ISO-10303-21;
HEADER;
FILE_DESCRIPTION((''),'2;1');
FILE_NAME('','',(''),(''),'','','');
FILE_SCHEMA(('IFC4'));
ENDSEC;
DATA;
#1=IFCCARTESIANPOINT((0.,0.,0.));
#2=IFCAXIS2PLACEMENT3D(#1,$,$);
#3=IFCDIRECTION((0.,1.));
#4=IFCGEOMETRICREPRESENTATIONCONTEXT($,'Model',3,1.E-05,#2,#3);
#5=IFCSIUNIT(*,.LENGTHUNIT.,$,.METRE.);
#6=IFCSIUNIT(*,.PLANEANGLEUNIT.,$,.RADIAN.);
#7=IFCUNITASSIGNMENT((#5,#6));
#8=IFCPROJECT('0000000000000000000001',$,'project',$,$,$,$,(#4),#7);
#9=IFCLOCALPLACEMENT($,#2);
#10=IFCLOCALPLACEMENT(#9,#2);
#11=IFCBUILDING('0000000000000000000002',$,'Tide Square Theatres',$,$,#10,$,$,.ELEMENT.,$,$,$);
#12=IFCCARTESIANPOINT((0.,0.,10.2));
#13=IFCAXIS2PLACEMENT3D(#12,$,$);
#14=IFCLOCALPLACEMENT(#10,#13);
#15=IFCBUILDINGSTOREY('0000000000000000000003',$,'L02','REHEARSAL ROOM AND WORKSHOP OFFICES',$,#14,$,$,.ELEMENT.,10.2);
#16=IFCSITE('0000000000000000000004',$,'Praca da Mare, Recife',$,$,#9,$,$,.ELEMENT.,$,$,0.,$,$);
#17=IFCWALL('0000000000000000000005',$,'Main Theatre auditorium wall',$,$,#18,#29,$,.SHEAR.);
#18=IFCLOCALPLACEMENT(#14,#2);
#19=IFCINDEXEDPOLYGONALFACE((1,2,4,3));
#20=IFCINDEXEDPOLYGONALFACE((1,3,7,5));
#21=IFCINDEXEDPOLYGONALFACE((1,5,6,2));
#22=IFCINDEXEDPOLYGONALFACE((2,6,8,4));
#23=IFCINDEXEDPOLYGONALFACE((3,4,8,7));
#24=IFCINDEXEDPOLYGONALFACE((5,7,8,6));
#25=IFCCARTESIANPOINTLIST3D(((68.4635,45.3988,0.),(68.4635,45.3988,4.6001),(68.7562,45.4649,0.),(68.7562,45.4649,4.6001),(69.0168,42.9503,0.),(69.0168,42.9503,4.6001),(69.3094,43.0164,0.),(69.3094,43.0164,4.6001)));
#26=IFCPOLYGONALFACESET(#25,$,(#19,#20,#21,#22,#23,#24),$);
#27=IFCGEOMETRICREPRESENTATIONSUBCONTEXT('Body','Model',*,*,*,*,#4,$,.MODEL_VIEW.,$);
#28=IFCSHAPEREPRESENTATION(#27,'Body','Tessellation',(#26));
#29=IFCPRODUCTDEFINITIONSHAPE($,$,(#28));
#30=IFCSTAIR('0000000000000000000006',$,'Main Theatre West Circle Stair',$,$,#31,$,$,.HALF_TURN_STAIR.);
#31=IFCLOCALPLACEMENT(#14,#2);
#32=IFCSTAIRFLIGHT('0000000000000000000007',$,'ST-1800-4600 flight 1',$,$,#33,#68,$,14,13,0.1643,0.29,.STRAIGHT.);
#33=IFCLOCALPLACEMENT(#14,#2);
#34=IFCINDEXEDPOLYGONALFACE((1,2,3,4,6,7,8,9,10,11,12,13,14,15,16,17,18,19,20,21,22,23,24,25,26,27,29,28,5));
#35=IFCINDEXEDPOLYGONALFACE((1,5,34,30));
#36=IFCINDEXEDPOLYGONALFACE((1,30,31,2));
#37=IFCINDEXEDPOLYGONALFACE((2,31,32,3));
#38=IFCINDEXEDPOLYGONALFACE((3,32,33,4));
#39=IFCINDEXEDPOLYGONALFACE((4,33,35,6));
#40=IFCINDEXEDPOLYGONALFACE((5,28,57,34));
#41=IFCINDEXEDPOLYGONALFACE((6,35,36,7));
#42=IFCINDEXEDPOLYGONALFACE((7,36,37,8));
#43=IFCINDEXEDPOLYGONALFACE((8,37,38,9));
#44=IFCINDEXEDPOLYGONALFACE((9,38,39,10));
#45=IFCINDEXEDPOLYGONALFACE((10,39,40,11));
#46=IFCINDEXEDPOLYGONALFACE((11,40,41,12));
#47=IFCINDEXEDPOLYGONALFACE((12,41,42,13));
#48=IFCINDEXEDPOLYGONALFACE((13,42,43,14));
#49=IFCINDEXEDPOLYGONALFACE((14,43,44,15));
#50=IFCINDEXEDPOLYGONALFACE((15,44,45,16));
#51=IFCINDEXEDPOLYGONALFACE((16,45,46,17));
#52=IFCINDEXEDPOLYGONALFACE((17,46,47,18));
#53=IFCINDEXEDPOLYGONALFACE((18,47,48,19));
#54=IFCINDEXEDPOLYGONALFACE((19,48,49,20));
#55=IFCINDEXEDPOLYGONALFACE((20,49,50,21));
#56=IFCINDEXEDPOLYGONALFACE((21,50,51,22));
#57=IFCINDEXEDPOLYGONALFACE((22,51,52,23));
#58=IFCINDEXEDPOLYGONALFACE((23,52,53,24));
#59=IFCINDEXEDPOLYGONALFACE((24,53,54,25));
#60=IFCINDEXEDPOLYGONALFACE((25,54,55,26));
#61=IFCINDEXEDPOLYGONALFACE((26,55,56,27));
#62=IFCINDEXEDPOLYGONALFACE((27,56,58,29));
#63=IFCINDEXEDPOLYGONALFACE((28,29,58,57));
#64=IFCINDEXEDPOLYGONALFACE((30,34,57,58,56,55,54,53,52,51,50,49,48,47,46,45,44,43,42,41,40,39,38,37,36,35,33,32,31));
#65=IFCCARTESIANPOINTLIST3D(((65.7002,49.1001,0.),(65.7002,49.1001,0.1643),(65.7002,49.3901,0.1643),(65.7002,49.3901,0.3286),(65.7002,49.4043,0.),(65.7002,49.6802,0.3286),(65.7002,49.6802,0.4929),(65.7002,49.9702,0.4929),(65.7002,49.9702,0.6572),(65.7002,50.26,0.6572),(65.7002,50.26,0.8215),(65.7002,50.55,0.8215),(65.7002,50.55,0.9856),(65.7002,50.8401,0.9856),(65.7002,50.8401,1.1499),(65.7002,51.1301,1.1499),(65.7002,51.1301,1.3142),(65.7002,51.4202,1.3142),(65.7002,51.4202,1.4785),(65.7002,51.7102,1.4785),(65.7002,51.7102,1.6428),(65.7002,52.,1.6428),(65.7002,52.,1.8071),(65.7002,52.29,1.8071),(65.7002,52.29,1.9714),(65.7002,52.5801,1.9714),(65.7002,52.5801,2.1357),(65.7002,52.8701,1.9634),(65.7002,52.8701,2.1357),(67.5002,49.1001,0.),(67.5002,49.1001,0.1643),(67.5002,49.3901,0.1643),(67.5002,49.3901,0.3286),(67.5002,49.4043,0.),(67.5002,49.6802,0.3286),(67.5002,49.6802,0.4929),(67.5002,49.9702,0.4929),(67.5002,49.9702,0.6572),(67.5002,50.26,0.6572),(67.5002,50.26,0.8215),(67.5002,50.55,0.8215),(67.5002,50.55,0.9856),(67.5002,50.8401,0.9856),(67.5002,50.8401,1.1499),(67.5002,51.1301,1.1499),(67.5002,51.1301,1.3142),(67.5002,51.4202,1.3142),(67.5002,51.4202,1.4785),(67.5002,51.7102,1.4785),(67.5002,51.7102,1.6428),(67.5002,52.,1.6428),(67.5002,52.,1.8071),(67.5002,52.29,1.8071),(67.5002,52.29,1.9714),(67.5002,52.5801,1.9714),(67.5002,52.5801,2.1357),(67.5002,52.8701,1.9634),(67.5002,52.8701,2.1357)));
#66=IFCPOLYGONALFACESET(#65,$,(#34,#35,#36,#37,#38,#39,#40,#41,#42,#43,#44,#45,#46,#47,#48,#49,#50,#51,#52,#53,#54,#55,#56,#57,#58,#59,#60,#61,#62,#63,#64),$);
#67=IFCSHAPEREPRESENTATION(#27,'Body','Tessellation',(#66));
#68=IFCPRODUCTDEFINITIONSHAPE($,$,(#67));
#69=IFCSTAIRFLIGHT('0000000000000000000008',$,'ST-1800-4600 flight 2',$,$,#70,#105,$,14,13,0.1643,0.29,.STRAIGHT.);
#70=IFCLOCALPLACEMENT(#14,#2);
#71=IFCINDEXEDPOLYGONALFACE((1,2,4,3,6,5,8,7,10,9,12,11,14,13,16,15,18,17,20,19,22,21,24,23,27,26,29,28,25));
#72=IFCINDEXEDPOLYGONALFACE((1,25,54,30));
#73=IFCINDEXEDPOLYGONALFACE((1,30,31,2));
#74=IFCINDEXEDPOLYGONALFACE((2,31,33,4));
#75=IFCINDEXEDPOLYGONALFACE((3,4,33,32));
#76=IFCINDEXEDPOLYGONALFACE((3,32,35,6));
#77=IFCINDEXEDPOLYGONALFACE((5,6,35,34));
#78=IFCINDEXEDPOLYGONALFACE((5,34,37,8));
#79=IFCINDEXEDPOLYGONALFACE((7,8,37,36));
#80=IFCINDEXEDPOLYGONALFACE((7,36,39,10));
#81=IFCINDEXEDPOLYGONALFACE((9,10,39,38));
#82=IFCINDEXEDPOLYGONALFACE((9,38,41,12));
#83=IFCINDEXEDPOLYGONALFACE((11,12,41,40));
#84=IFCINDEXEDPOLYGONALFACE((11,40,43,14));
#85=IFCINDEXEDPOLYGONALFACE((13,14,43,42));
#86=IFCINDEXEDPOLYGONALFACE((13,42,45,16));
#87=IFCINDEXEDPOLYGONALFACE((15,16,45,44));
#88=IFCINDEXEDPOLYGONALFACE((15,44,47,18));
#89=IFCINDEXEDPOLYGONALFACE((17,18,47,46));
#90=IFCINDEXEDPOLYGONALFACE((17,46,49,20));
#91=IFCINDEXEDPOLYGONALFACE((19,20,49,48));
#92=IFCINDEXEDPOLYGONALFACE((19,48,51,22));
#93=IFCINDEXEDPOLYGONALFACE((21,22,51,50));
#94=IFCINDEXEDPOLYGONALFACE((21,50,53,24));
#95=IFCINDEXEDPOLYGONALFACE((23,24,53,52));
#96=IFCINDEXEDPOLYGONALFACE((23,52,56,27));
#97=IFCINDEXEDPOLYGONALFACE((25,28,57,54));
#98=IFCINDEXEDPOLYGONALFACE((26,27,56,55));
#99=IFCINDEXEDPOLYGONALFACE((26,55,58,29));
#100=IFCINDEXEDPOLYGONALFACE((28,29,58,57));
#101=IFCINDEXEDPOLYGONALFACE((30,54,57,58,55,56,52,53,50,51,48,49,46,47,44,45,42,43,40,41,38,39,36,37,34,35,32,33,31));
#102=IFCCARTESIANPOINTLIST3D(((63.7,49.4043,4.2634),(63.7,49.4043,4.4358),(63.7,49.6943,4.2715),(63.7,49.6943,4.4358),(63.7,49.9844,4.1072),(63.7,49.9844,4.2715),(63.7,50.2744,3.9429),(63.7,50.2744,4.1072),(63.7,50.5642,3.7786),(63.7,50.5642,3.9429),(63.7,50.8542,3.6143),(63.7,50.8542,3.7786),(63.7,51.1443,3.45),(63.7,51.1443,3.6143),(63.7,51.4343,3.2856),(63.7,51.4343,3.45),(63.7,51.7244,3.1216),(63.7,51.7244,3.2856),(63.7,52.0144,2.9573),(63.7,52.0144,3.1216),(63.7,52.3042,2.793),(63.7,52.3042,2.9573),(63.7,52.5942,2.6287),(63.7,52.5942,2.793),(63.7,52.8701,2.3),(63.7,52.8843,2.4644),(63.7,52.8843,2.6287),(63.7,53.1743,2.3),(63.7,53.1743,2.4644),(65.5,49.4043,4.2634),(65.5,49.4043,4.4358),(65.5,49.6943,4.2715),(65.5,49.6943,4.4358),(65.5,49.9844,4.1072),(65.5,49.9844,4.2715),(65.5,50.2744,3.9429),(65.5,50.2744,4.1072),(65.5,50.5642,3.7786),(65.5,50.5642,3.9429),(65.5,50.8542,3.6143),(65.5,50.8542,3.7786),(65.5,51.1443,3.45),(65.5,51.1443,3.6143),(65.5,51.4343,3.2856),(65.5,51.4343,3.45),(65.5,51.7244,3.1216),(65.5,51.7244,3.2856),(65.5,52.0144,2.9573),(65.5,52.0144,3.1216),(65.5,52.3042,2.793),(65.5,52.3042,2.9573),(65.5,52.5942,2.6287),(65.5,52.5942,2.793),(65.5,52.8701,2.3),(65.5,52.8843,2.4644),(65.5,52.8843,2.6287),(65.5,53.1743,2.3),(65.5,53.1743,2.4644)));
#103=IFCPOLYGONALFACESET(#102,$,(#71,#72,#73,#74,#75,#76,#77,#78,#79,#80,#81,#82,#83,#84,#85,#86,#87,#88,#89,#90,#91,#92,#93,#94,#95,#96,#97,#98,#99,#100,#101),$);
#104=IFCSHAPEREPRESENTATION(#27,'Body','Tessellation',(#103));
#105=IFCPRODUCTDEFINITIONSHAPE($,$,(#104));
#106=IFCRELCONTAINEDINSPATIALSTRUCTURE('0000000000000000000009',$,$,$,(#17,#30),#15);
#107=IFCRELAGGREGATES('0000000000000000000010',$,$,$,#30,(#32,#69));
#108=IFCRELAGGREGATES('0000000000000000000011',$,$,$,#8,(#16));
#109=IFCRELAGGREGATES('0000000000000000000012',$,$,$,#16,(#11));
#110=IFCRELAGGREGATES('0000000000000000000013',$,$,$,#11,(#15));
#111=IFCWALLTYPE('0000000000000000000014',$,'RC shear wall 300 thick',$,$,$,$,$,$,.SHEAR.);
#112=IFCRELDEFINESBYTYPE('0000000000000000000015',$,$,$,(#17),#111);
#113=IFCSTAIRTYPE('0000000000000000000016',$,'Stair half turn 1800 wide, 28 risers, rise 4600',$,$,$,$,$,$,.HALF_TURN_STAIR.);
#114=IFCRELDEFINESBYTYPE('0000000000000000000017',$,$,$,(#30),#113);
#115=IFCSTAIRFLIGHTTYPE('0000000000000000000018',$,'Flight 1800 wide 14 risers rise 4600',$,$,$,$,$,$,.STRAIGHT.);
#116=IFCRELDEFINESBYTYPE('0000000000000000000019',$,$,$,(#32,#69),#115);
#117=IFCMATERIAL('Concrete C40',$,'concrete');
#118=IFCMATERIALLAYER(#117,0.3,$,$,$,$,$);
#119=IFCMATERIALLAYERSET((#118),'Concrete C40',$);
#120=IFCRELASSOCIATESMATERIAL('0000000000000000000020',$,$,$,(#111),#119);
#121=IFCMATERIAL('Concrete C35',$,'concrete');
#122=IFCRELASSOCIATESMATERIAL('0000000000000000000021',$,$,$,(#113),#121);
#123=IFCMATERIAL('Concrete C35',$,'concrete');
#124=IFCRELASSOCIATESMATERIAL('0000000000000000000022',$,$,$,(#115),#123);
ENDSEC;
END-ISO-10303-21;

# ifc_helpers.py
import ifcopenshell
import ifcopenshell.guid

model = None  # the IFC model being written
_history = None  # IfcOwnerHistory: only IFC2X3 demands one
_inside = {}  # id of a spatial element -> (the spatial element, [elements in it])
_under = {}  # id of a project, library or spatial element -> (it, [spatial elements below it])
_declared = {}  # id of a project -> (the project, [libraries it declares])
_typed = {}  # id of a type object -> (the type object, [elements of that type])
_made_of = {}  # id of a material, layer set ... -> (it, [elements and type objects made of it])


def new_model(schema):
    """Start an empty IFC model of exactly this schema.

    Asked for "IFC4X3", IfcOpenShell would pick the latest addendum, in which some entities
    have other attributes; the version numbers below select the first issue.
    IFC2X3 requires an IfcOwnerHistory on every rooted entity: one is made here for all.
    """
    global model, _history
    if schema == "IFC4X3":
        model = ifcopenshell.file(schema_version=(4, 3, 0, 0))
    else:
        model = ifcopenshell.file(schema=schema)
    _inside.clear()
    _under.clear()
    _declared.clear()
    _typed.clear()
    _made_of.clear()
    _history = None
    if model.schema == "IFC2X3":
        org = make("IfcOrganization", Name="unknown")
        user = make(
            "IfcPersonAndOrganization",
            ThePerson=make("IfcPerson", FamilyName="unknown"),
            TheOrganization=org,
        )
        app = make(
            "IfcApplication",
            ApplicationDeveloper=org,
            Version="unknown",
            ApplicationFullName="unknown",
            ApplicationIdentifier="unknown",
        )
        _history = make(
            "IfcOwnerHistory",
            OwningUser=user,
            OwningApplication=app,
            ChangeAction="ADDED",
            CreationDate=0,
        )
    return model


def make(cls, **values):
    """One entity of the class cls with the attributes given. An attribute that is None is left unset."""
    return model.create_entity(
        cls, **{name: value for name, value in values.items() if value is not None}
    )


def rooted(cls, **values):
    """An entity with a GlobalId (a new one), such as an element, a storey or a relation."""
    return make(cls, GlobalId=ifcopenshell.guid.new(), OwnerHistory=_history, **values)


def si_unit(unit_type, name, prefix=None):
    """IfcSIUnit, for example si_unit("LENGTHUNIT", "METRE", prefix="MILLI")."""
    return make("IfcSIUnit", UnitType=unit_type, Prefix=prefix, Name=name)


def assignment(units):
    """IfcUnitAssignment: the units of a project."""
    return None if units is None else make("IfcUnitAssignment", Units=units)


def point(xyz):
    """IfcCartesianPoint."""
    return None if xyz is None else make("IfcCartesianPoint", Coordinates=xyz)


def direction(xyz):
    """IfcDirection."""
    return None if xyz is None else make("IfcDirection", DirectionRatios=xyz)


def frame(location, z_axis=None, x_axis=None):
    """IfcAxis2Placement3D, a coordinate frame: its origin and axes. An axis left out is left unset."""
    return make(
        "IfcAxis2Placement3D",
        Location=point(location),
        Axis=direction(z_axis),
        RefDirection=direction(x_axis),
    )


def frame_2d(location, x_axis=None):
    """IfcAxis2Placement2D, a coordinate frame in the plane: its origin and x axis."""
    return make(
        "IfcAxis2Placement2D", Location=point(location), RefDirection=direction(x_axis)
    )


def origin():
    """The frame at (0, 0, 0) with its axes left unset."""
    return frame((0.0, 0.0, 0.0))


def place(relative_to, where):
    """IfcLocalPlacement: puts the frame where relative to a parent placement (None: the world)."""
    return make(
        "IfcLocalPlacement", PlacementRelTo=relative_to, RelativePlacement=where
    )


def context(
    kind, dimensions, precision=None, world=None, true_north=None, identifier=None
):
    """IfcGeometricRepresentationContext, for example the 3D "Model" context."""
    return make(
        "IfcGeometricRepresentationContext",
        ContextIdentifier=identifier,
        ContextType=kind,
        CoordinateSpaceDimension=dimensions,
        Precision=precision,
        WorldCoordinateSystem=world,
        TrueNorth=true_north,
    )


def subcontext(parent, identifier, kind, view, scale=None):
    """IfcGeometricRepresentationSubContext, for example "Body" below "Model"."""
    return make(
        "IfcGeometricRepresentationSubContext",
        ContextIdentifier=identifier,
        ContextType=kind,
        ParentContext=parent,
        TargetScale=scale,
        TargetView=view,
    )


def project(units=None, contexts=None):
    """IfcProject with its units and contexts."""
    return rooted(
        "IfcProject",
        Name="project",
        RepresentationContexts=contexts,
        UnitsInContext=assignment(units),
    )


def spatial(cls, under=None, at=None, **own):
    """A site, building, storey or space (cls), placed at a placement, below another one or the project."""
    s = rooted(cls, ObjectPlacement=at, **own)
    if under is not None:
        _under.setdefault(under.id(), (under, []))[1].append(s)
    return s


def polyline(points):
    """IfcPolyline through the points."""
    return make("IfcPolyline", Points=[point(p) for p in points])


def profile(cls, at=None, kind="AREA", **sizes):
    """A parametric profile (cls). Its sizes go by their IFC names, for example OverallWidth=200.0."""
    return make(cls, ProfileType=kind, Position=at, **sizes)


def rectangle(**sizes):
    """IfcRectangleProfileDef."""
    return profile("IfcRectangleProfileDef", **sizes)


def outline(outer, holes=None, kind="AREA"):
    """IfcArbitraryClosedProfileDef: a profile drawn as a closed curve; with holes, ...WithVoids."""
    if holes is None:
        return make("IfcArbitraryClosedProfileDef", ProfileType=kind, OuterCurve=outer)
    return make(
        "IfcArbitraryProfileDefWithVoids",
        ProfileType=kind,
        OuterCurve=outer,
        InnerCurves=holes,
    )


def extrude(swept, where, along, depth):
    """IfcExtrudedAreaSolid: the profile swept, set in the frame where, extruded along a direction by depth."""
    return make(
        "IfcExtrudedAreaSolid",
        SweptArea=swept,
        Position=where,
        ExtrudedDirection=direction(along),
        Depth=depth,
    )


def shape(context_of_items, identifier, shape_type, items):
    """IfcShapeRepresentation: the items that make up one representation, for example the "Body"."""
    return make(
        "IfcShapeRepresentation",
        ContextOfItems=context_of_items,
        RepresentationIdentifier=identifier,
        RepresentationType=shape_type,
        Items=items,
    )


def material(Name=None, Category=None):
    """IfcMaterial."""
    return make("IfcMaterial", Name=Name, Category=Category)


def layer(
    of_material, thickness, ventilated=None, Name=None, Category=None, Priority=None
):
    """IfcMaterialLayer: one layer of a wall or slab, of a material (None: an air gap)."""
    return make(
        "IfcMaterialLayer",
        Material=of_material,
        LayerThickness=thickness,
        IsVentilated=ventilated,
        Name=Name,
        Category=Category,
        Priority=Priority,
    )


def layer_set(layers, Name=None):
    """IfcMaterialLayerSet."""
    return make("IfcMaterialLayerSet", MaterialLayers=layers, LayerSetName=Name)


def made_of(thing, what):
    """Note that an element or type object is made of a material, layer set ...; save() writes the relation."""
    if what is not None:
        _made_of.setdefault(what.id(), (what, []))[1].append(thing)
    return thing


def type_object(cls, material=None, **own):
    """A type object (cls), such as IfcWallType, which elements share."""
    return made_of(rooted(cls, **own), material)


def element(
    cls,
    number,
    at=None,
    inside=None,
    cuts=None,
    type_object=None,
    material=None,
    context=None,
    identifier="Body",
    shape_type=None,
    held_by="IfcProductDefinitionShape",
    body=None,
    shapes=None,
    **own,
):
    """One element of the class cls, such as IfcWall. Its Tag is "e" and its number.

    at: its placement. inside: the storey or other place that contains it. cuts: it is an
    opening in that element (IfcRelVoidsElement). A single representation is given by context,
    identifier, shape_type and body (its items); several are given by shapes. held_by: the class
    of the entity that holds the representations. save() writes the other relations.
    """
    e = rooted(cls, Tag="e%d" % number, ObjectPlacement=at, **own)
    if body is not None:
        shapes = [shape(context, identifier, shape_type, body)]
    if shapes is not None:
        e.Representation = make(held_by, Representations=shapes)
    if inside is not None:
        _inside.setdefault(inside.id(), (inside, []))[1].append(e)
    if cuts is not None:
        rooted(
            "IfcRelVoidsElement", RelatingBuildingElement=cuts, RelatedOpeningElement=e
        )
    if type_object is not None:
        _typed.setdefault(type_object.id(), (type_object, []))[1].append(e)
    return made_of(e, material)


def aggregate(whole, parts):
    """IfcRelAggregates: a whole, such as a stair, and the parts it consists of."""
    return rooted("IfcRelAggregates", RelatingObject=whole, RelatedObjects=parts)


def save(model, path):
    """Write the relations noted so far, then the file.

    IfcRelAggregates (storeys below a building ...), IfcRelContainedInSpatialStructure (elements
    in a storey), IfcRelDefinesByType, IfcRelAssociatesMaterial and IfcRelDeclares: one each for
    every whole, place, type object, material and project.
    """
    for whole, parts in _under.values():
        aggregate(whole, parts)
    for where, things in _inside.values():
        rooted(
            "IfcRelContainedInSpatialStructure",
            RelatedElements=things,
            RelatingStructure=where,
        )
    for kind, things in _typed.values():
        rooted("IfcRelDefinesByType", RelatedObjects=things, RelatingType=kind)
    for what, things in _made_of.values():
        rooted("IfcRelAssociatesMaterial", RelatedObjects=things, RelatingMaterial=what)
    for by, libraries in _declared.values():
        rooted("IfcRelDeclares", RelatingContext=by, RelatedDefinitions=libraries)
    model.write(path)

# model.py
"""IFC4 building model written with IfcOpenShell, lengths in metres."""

from ifc_helpers import new_model, si_unit, direction, frame, frame_2d, origin, place, context, subcontext, project, spatial, polyline, rectangle, outline, extrude, material, layer, layer_set, type_object, element, aggregate, save


model = new_model("IFC4")

# Units and contexts
model_context = context("Model", 3, precision=1e-05, world=origin(), true_north=direction((0.0, 1.0)))
body_context = subcontext(model_context, "Body", "Model", "MODEL_VIEW")
ifc_project = project(units=[si_unit("LENGTHUNIT", "METRE"), si_unit("PLANEANGLEUNIT", "RADIAN")], contexts=[model_context])

# Site, building, storey
site_placement = place(None, origin())
site = spatial("IfcSite", under=ifc_project, at=site_placement, Name="Praca da Mare, Recife", CompositionType="ELEMENT", RefElevation=0.0)
building_placement = place(site_placement, origin())
building = spatial("IfcBuilding", under=site, at=building_placement, Name="Tide Square Theatres", CompositionType="ELEMENT")
storey_placement = place(building_placement, frame((0.0, 0.0, 10.2)))
storey = spatial("IfcBuildingStorey", under=building, at=storey_placement, Name="L02", Description="REHEARSAL ROOM AND WORKSHOP OFFICES", CompositionType="ELEMENT", Elevation=10.2)

# Wall
ifc_material_1 = material(Name="Concrete C40", Category="concrete")
ifc_layer_1 = layer(ifc_material_1, 0.3)
ifc_layer_set_1 = layer_set([ifc_layer_1], Name="Concrete C40")
wall_type_1 = type_object("IfcWallType", Name="RC shear wall 300 thick", PredefinedType="SHEAR", material=ifc_layer_set_1)
wall_1_placement = place(storey_placement, frame((68.6099, 45.4319, 0.0), z_axis=(0.0, 0.0, 1.0), x_axis=(0.220389, -0.975412, 0.0)))
element("IfcWall", 1, at=wall_1_placement, inside=storey, type_object=wall_type_1, Name="Main Theatre auditorium wall", PredefinedType="SHEAR", context=body_context, shape_type="SweptSolid", body=[
    extrude(rectangle(XDim=2.5103, YDim=0.3, at=frame_2d((1.2551, 0.0))), origin(), (0.0, 0.0, 1.0), 4.6001),
])

# Stair, stair flights
ifc_material_2 = material(Name="Concrete C35", Category="concrete")
stair_type = type_object("IfcStairType", Name="Stair half turn 1800 wide, 28 risers, rise 4600", PredefinedType="HALF_TURN_STAIR", material=ifc_material_2)
stair_placement = place(storey_placement, origin())
stair = element("IfcStair", 2, at=stair_placement, inside=storey, type_object=stair_type, Name="Main Theatre West Circle Stair", PredefinedType="HALF_TURN_STAIR")
ifc_material_3 = material(Name="Concrete C35", Category="concrete")
stair_flight_type = type_object("IfcStairFlightType", Name="Flight 1800 wide 14 risers rise 4600", PredefinedType="STRAIGHT", material=ifc_material_3)
stair_flight_1_placement = place(storey_placement, frame((66.6001, 49.1001, 0.0), z_axis=(0.0, 0.0, 1.0), x_axis=(0.0, 1.0, 0.0)))
stair_flight_1 = element("IfcStairFlight", 3, at=stair_flight_1_placement, type_object=stair_flight_type, Name="ST-1800-4600 flight 1", NumberOfRisers=14, NumberOfTreads=13, PredefinedType="STRAIGHT", RiserHeight=0.1643, TreadLength=0.29, context=body_context, shape_type="SweptSolid", body=[
    extrude(outline(polyline([(0.0, 0.0), (0.0, 0.1643), (0.29, 0.1643), (0.29, 0.3286), (0.5801, 0.3286), (0.5801, 0.4929), (0.8701, 0.4929), (0.8701, 0.6572), (1.1599, 0.6572), (1.1599, 0.8215), (1.45, 0.8215), (1.45, 0.9856), (1.74, 0.9856), (1.74, 1.1499), (2.03, 1.1499), (2.03, 1.3142), (2.3201, 1.3142), (2.3201, 1.4785), (2.6101, 1.4785), (2.6101, 1.6428), (2.8999, 1.6428), (2.8999, 1.8071), (3.1899, 1.8071), (3.1899, 1.9714), (3.48, 1.9714), (3.48, 2.1357), (3.77, 2.1357), (3.77, 2.3), (3.77, 1.9634), (0.3042, 0.0), (0.0, 0.0)])), frame((0.0, 0.8999, 0.0), z_axis=(0.0, -1.0, 0.0), x_axis=(1.0, 0.0, 0.0)), (0.0, 0.0, 1.0), 1.8),
])
stair_flight_2_placement = place(storey_placement, frame((64.6001, 53.1743, 2.3), z_axis=(0.0, 0.0, 1.0), x_axis=(0.0, -1.0, 0.0)))
stair_flight_2 = element("IfcStairFlight", 4, at=stair_flight_2_placement, type_object=stair_flight_type, Name="ST-1800-4600 flight 2", NumberOfRisers=14, NumberOfTreads=13, PredefinedType="STRAIGHT", RiserHeight=0.1643, TreadLength=0.29, context=body_context, shape_type="SweptSolid", body=[
    extrude(outline(polyline([(0.0, 0.0), (0.0, 0.1643), (0.29, 0.1643), (0.29, 0.3286), (0.5801, 0.3286), (0.5801, 0.4929), (0.8701, 0.4929), (0.8701, 0.6572), (1.1599, 0.6572), (1.1599, 0.8215), (1.45, 0.8215), (1.45, 0.9856), (1.74, 0.9856), (1.74, 1.1499), (2.03, 1.1499), (2.03, 1.3142), (2.3201, 1.3142), (2.3201, 1.4785), (2.6101, 1.4785), (2.6101, 1.6428), (2.8999, 1.6428), (2.8999, 1.8071), (3.1899, 1.8071), (3.1899, 1.9714), (3.48, 1.9714), (3.48, 2.1357), (3.77, 2.1357), (3.77, 2.3), (3.77, 1.9634), (0.3042, 0.0), (0.0, 0.0)])), frame((0.0, 0.8999, 0.0), z_axis=(0.0, -1.0, 0.0), x_axis=(1.0, 0.0, 0.0)), (0.0, 0.0, 1.0), 1.8),
])
aggregate(stair, [stair_flight_1, stair_flight_2])

save(model, "model.ifc")
